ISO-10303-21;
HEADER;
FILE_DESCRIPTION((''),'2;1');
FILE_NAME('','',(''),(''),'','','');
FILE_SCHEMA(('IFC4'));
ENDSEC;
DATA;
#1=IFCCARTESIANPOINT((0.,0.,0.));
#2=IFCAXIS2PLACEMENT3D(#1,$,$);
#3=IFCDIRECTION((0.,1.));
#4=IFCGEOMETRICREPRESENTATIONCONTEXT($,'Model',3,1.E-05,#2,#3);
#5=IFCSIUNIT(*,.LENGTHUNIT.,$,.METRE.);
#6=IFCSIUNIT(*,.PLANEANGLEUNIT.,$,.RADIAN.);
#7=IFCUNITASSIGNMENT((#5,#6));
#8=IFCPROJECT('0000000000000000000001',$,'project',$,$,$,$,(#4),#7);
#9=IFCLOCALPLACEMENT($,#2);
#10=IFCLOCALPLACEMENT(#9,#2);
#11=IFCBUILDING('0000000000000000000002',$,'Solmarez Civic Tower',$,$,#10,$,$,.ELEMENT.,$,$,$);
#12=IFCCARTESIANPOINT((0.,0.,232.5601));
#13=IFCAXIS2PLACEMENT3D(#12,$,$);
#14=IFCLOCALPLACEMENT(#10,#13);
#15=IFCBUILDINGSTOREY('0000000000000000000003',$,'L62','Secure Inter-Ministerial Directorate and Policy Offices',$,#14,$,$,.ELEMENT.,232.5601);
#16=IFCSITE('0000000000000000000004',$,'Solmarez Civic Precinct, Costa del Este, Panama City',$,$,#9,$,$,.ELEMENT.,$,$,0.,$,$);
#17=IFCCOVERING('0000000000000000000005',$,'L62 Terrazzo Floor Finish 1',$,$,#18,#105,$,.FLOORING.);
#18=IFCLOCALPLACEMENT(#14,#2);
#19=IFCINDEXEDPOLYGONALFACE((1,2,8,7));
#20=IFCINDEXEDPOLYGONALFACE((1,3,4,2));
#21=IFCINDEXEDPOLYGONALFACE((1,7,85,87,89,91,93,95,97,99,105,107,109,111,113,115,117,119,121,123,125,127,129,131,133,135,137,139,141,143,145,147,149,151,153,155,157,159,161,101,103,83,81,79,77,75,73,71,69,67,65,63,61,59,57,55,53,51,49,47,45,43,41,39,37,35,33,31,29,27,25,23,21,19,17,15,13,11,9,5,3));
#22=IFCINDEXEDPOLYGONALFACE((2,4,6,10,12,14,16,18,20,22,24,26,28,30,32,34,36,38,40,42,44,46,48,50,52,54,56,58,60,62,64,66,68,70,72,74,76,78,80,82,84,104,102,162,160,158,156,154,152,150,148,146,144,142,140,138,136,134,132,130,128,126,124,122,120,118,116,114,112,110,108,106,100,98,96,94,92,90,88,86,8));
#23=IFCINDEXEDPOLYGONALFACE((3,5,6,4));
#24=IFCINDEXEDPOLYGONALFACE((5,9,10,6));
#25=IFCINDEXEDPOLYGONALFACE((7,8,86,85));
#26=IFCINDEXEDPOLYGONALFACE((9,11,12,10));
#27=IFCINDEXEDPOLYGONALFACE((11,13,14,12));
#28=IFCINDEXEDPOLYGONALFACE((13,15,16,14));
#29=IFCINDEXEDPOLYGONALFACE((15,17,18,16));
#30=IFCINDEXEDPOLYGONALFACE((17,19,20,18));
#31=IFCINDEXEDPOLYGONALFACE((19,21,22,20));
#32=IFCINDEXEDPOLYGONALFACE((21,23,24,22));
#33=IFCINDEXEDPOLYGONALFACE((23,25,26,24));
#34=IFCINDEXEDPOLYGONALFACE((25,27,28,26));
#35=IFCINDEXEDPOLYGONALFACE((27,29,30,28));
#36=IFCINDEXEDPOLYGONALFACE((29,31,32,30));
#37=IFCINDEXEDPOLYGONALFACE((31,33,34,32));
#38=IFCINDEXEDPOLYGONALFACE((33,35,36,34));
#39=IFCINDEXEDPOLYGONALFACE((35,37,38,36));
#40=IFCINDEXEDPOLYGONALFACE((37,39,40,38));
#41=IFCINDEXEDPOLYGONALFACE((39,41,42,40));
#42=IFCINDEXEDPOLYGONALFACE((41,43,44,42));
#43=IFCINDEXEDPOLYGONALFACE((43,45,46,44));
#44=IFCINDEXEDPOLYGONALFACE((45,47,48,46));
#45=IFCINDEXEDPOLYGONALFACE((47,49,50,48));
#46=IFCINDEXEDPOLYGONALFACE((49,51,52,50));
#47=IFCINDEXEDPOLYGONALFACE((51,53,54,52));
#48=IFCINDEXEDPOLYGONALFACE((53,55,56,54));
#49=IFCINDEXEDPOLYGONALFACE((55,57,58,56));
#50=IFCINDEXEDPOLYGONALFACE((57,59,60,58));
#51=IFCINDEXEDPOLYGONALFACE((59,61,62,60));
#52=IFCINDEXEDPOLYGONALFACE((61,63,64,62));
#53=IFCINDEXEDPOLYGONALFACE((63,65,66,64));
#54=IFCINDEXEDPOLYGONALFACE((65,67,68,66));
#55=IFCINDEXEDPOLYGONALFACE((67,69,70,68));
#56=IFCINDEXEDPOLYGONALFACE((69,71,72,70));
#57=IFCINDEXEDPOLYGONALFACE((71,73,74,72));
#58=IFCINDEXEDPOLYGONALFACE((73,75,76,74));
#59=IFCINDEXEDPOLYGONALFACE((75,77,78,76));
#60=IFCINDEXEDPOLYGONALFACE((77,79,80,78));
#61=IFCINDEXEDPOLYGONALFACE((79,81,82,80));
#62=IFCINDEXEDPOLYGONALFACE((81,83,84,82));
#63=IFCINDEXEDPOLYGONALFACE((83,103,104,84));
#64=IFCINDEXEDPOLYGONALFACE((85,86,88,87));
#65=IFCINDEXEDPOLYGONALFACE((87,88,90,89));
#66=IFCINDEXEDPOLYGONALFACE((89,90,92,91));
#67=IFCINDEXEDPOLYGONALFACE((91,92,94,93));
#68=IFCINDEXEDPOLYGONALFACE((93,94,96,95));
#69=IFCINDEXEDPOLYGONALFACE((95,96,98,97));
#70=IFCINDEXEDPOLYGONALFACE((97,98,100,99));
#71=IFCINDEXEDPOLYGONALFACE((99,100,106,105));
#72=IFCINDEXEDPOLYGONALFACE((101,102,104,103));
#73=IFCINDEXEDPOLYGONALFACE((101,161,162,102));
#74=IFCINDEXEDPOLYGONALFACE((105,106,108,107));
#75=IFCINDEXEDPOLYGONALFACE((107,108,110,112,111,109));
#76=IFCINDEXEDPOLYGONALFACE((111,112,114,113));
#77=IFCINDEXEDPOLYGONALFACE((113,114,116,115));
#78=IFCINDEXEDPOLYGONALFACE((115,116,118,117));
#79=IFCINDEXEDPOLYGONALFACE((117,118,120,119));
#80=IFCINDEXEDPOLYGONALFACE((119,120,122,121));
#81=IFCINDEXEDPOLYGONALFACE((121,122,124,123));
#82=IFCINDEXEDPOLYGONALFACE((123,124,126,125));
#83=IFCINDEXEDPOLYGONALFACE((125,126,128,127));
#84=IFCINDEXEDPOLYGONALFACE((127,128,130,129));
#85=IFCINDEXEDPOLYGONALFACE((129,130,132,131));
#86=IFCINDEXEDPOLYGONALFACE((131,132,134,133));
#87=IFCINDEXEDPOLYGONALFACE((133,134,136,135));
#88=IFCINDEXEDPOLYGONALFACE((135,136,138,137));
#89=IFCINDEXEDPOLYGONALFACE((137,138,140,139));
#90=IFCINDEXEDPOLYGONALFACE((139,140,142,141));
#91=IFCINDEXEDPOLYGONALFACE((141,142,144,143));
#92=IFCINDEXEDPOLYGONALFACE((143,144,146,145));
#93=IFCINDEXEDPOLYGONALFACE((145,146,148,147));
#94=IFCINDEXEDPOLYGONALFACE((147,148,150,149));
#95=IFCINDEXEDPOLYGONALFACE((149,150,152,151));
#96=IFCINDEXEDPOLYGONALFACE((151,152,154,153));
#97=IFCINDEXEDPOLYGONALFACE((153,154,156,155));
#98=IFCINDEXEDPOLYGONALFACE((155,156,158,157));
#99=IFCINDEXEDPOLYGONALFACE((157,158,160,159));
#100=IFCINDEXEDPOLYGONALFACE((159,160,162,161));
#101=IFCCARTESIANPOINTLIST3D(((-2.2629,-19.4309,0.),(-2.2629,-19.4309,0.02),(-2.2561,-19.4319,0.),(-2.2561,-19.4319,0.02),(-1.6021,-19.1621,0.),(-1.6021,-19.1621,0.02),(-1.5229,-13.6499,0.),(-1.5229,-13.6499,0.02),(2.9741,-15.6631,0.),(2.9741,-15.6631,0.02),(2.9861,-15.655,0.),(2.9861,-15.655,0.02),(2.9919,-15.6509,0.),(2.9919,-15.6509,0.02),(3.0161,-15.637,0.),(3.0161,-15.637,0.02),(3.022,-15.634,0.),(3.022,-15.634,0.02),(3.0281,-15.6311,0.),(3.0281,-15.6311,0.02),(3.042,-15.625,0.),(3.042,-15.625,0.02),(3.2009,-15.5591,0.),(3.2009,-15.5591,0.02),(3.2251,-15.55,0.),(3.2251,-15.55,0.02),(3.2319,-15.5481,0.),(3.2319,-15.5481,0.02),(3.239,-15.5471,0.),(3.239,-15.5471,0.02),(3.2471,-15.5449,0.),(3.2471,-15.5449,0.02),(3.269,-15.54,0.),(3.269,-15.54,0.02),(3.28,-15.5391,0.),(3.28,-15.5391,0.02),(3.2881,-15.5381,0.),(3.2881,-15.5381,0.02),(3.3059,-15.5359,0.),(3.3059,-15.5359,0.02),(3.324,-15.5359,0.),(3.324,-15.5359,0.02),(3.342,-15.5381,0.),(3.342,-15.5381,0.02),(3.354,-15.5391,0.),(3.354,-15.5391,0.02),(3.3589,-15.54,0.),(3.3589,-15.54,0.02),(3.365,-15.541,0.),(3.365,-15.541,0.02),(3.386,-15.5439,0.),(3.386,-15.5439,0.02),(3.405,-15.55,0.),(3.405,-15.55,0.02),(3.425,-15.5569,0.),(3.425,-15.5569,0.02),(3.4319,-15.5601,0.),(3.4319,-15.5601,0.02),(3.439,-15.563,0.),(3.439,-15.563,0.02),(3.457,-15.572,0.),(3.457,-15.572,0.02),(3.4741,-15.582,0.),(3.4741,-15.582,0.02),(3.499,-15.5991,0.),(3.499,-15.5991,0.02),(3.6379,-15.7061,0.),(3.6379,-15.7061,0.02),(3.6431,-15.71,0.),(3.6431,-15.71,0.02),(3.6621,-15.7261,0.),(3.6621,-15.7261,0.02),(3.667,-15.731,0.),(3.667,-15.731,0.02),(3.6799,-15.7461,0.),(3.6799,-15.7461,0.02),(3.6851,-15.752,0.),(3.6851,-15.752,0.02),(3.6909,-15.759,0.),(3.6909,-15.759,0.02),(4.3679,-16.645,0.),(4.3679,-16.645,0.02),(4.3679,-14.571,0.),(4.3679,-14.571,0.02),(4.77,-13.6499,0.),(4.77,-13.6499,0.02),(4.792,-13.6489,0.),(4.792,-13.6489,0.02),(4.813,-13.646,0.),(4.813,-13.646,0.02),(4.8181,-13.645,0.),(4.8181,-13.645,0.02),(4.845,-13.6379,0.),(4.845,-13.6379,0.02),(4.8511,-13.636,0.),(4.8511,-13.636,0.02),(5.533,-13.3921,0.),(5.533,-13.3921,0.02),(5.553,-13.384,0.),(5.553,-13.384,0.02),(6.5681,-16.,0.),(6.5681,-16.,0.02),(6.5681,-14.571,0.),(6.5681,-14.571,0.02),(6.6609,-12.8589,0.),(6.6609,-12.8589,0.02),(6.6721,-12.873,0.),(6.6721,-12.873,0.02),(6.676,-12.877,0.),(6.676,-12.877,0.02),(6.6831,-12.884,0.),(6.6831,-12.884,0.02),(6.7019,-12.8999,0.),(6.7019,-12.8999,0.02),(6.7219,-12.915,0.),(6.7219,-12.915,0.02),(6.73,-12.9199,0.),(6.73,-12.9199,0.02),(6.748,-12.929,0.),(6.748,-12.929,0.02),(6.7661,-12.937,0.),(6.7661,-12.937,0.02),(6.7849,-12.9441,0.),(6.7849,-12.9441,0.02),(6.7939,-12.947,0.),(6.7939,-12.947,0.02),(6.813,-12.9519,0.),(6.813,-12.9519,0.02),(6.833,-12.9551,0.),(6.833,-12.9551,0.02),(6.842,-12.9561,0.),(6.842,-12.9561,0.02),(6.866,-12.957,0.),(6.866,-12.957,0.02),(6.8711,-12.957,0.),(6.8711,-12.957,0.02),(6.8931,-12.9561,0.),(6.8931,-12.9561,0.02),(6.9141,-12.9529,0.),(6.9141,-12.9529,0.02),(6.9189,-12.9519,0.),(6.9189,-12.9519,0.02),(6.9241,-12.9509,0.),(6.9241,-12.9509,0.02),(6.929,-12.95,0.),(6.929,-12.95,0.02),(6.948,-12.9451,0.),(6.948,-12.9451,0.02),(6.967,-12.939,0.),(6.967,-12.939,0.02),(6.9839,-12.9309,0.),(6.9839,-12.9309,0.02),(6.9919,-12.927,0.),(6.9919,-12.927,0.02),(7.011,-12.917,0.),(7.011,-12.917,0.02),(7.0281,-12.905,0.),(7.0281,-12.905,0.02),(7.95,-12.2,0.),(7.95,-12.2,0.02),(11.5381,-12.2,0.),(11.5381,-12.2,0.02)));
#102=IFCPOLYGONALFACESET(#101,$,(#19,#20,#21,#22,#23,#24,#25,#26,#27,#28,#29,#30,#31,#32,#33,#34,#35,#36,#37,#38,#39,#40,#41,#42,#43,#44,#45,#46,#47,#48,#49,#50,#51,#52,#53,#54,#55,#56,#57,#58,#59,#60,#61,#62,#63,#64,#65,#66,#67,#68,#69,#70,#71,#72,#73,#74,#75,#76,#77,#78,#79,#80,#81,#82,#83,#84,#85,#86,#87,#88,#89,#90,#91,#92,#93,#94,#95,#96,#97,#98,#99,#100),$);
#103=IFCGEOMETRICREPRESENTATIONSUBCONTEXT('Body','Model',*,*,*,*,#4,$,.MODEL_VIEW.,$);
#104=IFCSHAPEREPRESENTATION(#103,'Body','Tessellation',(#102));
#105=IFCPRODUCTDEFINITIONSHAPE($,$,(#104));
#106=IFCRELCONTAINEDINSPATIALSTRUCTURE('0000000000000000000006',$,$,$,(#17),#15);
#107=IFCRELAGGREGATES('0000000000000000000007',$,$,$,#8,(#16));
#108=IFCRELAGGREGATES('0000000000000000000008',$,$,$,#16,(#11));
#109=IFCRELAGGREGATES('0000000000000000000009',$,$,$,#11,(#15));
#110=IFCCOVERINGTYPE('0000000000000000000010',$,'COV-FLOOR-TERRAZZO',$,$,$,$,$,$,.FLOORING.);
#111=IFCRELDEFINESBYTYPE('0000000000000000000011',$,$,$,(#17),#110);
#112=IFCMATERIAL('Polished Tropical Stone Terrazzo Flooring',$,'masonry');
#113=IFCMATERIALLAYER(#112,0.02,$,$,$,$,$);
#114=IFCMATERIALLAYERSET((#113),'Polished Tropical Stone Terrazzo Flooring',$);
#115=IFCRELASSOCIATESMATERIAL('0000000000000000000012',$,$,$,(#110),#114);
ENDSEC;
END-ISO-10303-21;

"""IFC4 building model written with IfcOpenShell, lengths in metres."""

from ifc_helpers import new_model, si_unit, direction, frame, origin, place, context, subcontext, project, spatial, polyline, outline, extrude, material, layer, layer_set, type_object, element, save


model = new_model("IFC4")

# Units and contexts
model_context = context("Model", 3, precision=1e-05, world=origin(), true_north=direction((0.0, 1.0)))
body_context = subcontext(model_context, "Body", "Model", "MODEL_VIEW")
ifc_project = project(units=[si_unit("LENGTHUNIT", "METRE"), si_unit("PLANEANGLEUNIT", "RADIAN")], contexts=[model_context])

# Site, building, storey
site_placement = place(None, origin())
site = spatial("IfcSite", under=ifc_project, at=site_placement, Name="Solmarez Civic Precinct, Costa del Este, Panama City", CompositionType="ELEMENT", RefElevation=0.0)
building_placement = place(site_placement, origin())
building = spatial("IfcBuilding", under=site, at=building_placement, Name="Solmarez Civic Tower", CompositionType="ELEMENT")
storey_placement = place(building_placement, frame((0.0, 0.0, 232.5601)))
storey = spatial("IfcBuildingStorey", under=building, at=storey_placement, Name="L62", Description="Secure Inter-Ministerial Directorate and Policy Offices", CompositionType="ELEMENT", Elevation=232.5601)

# Covering
ifc_material_1 = material(Name="Polished Tropical Stone Terrazzo Flooring", Category="masonry")
ifc_layer_1 = layer(ifc_material_1, 0.02)
ifc_layer_set_1 = layer_set([ifc_layer_1], Name="Polished Tropical Stone Terrazzo Flooring")
covering_type_1 = type_object("IfcCoveringType", Name="COV-FLOOR-TERRAZZO", PredefinedType="FLOORING", material=ifc_layer_set_1)
covering_1_placement = place(storey_placement, origin())
element("IfcCovering", 1, at=covering_1_placement, inside=storey, type_object=covering_type_1, Name="L62 Terrazzo Floor Finish 1", PredefinedType="FLOORING", context=body_context, shape_type="SweptSolid", body=[
    extrude(outline(polyline([(3.4741, -15.582), (3.499, -15.5991), (3.6379, -15.7061), (3.6431, -15.71), (3.6621, -15.7261), (3.667, -15.731), (3.6799, -15.7461), (3.6851, -15.752), (3.6909, -15.759), (4.3679, -16.645), (4.3679, -14.571), (6.5681, -14.571), (6.5681, -16.0), (11.5381, -12.2), (7.95, -12.2), (7.0281, -12.905), (7.011, -12.917), (6.9919, -12.927), (6.9839, -12.9309), (6.967, -12.939), (6.948, -12.9451), (6.929, -12.95), (6.9241, -12.9509), (6.9189, -12.9519), (6.9141, -12.9529), (6.8931, -12.9561), (6.8711, -12.957), (6.866, -12.957), (6.842, -12.9561), (6.833, -12.9551), (6.813, -12.9519), (6.7939, -12.947), (6.7849, -12.9441), (6.7661, -12.937), (6.748, -12.929), (6.73, -12.9199), (6.7219, -12.915), (6.7019, -12.8999), (6.6831, -12.884), (6.676, -12.877), (6.6721, -12.873), (6.6609, -12.8589), (5.553, -13.384), (5.533, -13.3921), (4.8511, -13.636), (4.845, -13.6379), (4.8181, -13.645), (4.813, -13.646), (4.792, -13.6489), (4.77, -13.6499), (-1.5229, -13.6499), (-2.2629, -19.4309), (-2.2561, -19.4319), (-1.6021, -19.1621), (2.9741, -15.6631), (2.9861, -15.655), (2.9919, -15.6509), (3.0161, -15.637), (3.022, -15.634), (3.0281, -15.6311), (3.042, -15.625), (3.2009, -15.5591), (3.2251, -15.55), (3.2319, -15.5481), (3.239, -15.5471), (3.2471, -15.5449), (3.269, -15.54), (3.28, -15.5391), (3.2881, -15.5381), (3.3059, -15.5359), (3.324, -15.5359), (3.342, -15.5381), (3.354, -15.5391), (3.3589, -15.54), (3.365, -15.541), (3.386, -15.5439), (3.405, -15.55), (3.425, -15.5569), (3.4319, -15.5601), (3.439, -15.563), (3.457, -15.572), (3.4741, -15.582)])), origin(), (0.0, 0.0, 1.0), 0.02),
])

save(model, "model.ifc")
